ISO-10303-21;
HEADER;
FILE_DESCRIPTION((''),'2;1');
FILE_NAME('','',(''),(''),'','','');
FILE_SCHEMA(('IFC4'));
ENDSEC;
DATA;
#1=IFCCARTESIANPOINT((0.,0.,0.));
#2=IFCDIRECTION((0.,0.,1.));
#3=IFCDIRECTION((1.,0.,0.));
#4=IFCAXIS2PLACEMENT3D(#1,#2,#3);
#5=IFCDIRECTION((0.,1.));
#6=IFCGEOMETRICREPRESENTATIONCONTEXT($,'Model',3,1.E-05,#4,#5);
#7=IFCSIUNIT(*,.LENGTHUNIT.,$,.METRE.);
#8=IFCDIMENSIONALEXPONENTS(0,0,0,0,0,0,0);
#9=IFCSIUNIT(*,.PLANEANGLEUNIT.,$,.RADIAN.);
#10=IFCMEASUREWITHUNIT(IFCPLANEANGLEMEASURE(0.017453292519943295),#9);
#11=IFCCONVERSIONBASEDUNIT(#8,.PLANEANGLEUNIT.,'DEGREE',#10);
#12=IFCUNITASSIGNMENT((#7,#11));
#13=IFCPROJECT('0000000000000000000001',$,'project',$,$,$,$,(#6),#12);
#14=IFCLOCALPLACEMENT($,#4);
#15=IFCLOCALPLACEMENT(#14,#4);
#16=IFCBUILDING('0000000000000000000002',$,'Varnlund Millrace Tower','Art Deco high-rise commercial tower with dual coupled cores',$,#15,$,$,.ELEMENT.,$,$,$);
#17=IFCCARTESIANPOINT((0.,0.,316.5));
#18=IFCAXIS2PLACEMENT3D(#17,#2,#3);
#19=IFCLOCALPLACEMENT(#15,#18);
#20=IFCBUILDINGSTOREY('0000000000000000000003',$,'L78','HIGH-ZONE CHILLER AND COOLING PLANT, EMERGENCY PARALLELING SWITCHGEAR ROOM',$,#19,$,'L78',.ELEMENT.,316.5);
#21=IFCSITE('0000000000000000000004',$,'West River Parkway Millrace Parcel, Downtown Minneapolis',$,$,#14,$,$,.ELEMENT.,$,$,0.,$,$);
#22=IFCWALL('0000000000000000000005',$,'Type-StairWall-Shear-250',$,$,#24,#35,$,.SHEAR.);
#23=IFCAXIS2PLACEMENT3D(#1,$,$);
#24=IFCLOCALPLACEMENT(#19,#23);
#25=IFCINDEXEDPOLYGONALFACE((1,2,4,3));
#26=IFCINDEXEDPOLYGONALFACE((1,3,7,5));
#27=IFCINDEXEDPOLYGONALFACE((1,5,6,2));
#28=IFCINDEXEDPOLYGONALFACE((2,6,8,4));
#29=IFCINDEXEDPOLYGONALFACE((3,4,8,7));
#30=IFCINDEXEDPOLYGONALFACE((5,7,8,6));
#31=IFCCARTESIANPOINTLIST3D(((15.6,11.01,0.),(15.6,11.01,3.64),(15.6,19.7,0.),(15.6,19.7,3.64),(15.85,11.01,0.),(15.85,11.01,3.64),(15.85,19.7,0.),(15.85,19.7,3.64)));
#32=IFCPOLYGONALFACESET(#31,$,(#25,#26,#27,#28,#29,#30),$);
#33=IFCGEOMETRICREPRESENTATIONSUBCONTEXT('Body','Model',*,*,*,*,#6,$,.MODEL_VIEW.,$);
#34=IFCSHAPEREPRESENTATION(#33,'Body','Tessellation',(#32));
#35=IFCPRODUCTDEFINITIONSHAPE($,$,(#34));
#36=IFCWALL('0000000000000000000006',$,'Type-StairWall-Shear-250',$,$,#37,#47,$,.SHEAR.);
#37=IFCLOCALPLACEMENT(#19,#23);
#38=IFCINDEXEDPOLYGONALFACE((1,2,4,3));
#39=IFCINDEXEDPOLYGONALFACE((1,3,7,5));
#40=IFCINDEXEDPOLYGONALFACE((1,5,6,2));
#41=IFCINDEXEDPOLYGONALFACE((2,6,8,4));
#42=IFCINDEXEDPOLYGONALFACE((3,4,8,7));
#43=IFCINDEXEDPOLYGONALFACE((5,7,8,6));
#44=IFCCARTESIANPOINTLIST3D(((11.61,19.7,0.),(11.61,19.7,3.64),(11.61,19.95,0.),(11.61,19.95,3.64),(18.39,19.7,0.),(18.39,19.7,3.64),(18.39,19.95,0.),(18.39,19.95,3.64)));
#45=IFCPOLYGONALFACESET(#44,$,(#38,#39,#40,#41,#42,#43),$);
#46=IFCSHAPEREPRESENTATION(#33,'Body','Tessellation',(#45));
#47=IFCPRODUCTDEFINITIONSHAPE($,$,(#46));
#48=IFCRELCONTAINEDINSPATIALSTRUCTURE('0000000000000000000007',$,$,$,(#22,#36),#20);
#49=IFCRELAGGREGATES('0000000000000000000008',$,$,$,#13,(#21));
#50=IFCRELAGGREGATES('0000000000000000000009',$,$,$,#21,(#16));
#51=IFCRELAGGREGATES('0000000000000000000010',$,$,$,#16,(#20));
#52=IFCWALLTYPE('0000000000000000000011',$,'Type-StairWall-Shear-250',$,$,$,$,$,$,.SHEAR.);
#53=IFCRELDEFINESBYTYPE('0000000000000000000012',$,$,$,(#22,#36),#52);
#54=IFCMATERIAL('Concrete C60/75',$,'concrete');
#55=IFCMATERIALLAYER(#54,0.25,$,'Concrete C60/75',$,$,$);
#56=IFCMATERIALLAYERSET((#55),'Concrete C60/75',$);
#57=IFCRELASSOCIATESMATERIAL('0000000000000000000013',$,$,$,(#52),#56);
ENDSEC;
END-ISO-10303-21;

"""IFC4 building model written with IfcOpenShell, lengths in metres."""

from ifc_helpers import new_model, entity, si_unit, converted_unit, direction, frame, origin_with_axes, place, context, subcontext, project, spatial, polyline, outline, extrude, material, layer, layer_set, type_object, element, save


model = new_model("IFC4")

# Units and contexts
model_context = context("Model", 3, precision=1e-05, world=origin_with_axes(), true_north=direction((0.0, 1.0)))
body_context = subcontext(model_context, "Body", "Model", "MODEL_VIEW")
ifc_project = project(units=[si_unit("LENGTHUNIT", "METRE"), converted_unit("PLANEANGLEUNIT", "DEGREE", entity("IfcPlaneAngleMeasure", 0.017453292519943295), si_unit("PLANEANGLEUNIT", "RADIAN"), dimensions=[0, 0, 0, 0, 0, 0, 0])], contexts=[model_context])

# Site, building, storey
site_placement = place(None, origin_with_axes())
site = spatial("IfcSite", under=ifc_project, at=site_placement, Name="West River Parkway Millrace Parcel, Downtown Minneapolis", CompositionType="ELEMENT", RefElevation=0.0)
building_placement = place(site_placement, origin_with_axes())
building = spatial("IfcBuilding", under=site, at=building_placement, Name="Varnlund Millrace Tower", Description="Art Deco high-rise commercial tower with dual coupled cores", CompositionType="ELEMENT")
storey_placement = place(building_placement, frame((0.0, 0.0, 316.5), z_axis=(0.0, 0.0, 1.0), x_axis=(1.0, 0.0, 0.0)))
storey = spatial("IfcBuildingStorey", under=building, at=storey_placement, Name="L78", Description="HIGH-ZONE CHILLER AND COOLING PLANT, EMERGENCY PARALLELING SWITCHGEAR ROOM", LongName="L78", CompositionType="ELEMENT", Elevation=316.5)

# Shared definitions
ifc_material_1 = material(Name="Concrete C60/75", Category="concrete")

# Shared definitions
ifc_layer_1 = layer(ifc_material_1, 0.25, Name="Concrete C60/75")
ifc_layer_set_1 = layer_set([ifc_layer_1], Name="Concrete C60/75")

# Walls
wall_type_1 = type_object("IfcWallType", Name="Type-StairWall-Shear-250", PredefinedType="SHEAR", material=ifc_layer_set_1)
wall_1_placement = place(storey_placement, frame((15.725, 11.01, 0.0), z_axis=(0.0, 0.0, 1.0), x_axis=(0.0, 1.0, 0.0)))
element("IfcWall", 1, at=wall_1_placement, inside=storey, type_object=wall_type_1, Name="Type-StairWall-Shear-250", PredefinedType="SHEAR", context=body_context, shape_type="SweptSolid", body=[
    extrude(outline(polyline([(0.0, -0.125), (8.69, -0.125), (8.69, 0.125), (0.0, 0.125), (0.0, -0.125)])), origin_with_axes(), (0.0, 0.0, 1.0), 3.64),
])
wall_2_placement = place(storey_placement, frame((11.61, 19.825, 0.0), z_axis=(0.0, 0.0, 1.0), x_axis=(1.0, 0.0, 0.0)))
element("IfcWall", 2, at=wall_2_placement, inside=storey, type_object=wall_type_1, Name="Type-StairWall-Shear-250", PredefinedType="SHEAR", context=body_context, shape_type="SweptSolid", body=[
    extrude(outline(polyline([(0.0, -0.125), (6.78, -0.125), (6.78, 0.125), (0.0, 0.125), (0.0, -0.125)])), origin_with_axes(), (0.0, 0.0, 1.0), 3.64),
])

save(model, "model.ifc")
